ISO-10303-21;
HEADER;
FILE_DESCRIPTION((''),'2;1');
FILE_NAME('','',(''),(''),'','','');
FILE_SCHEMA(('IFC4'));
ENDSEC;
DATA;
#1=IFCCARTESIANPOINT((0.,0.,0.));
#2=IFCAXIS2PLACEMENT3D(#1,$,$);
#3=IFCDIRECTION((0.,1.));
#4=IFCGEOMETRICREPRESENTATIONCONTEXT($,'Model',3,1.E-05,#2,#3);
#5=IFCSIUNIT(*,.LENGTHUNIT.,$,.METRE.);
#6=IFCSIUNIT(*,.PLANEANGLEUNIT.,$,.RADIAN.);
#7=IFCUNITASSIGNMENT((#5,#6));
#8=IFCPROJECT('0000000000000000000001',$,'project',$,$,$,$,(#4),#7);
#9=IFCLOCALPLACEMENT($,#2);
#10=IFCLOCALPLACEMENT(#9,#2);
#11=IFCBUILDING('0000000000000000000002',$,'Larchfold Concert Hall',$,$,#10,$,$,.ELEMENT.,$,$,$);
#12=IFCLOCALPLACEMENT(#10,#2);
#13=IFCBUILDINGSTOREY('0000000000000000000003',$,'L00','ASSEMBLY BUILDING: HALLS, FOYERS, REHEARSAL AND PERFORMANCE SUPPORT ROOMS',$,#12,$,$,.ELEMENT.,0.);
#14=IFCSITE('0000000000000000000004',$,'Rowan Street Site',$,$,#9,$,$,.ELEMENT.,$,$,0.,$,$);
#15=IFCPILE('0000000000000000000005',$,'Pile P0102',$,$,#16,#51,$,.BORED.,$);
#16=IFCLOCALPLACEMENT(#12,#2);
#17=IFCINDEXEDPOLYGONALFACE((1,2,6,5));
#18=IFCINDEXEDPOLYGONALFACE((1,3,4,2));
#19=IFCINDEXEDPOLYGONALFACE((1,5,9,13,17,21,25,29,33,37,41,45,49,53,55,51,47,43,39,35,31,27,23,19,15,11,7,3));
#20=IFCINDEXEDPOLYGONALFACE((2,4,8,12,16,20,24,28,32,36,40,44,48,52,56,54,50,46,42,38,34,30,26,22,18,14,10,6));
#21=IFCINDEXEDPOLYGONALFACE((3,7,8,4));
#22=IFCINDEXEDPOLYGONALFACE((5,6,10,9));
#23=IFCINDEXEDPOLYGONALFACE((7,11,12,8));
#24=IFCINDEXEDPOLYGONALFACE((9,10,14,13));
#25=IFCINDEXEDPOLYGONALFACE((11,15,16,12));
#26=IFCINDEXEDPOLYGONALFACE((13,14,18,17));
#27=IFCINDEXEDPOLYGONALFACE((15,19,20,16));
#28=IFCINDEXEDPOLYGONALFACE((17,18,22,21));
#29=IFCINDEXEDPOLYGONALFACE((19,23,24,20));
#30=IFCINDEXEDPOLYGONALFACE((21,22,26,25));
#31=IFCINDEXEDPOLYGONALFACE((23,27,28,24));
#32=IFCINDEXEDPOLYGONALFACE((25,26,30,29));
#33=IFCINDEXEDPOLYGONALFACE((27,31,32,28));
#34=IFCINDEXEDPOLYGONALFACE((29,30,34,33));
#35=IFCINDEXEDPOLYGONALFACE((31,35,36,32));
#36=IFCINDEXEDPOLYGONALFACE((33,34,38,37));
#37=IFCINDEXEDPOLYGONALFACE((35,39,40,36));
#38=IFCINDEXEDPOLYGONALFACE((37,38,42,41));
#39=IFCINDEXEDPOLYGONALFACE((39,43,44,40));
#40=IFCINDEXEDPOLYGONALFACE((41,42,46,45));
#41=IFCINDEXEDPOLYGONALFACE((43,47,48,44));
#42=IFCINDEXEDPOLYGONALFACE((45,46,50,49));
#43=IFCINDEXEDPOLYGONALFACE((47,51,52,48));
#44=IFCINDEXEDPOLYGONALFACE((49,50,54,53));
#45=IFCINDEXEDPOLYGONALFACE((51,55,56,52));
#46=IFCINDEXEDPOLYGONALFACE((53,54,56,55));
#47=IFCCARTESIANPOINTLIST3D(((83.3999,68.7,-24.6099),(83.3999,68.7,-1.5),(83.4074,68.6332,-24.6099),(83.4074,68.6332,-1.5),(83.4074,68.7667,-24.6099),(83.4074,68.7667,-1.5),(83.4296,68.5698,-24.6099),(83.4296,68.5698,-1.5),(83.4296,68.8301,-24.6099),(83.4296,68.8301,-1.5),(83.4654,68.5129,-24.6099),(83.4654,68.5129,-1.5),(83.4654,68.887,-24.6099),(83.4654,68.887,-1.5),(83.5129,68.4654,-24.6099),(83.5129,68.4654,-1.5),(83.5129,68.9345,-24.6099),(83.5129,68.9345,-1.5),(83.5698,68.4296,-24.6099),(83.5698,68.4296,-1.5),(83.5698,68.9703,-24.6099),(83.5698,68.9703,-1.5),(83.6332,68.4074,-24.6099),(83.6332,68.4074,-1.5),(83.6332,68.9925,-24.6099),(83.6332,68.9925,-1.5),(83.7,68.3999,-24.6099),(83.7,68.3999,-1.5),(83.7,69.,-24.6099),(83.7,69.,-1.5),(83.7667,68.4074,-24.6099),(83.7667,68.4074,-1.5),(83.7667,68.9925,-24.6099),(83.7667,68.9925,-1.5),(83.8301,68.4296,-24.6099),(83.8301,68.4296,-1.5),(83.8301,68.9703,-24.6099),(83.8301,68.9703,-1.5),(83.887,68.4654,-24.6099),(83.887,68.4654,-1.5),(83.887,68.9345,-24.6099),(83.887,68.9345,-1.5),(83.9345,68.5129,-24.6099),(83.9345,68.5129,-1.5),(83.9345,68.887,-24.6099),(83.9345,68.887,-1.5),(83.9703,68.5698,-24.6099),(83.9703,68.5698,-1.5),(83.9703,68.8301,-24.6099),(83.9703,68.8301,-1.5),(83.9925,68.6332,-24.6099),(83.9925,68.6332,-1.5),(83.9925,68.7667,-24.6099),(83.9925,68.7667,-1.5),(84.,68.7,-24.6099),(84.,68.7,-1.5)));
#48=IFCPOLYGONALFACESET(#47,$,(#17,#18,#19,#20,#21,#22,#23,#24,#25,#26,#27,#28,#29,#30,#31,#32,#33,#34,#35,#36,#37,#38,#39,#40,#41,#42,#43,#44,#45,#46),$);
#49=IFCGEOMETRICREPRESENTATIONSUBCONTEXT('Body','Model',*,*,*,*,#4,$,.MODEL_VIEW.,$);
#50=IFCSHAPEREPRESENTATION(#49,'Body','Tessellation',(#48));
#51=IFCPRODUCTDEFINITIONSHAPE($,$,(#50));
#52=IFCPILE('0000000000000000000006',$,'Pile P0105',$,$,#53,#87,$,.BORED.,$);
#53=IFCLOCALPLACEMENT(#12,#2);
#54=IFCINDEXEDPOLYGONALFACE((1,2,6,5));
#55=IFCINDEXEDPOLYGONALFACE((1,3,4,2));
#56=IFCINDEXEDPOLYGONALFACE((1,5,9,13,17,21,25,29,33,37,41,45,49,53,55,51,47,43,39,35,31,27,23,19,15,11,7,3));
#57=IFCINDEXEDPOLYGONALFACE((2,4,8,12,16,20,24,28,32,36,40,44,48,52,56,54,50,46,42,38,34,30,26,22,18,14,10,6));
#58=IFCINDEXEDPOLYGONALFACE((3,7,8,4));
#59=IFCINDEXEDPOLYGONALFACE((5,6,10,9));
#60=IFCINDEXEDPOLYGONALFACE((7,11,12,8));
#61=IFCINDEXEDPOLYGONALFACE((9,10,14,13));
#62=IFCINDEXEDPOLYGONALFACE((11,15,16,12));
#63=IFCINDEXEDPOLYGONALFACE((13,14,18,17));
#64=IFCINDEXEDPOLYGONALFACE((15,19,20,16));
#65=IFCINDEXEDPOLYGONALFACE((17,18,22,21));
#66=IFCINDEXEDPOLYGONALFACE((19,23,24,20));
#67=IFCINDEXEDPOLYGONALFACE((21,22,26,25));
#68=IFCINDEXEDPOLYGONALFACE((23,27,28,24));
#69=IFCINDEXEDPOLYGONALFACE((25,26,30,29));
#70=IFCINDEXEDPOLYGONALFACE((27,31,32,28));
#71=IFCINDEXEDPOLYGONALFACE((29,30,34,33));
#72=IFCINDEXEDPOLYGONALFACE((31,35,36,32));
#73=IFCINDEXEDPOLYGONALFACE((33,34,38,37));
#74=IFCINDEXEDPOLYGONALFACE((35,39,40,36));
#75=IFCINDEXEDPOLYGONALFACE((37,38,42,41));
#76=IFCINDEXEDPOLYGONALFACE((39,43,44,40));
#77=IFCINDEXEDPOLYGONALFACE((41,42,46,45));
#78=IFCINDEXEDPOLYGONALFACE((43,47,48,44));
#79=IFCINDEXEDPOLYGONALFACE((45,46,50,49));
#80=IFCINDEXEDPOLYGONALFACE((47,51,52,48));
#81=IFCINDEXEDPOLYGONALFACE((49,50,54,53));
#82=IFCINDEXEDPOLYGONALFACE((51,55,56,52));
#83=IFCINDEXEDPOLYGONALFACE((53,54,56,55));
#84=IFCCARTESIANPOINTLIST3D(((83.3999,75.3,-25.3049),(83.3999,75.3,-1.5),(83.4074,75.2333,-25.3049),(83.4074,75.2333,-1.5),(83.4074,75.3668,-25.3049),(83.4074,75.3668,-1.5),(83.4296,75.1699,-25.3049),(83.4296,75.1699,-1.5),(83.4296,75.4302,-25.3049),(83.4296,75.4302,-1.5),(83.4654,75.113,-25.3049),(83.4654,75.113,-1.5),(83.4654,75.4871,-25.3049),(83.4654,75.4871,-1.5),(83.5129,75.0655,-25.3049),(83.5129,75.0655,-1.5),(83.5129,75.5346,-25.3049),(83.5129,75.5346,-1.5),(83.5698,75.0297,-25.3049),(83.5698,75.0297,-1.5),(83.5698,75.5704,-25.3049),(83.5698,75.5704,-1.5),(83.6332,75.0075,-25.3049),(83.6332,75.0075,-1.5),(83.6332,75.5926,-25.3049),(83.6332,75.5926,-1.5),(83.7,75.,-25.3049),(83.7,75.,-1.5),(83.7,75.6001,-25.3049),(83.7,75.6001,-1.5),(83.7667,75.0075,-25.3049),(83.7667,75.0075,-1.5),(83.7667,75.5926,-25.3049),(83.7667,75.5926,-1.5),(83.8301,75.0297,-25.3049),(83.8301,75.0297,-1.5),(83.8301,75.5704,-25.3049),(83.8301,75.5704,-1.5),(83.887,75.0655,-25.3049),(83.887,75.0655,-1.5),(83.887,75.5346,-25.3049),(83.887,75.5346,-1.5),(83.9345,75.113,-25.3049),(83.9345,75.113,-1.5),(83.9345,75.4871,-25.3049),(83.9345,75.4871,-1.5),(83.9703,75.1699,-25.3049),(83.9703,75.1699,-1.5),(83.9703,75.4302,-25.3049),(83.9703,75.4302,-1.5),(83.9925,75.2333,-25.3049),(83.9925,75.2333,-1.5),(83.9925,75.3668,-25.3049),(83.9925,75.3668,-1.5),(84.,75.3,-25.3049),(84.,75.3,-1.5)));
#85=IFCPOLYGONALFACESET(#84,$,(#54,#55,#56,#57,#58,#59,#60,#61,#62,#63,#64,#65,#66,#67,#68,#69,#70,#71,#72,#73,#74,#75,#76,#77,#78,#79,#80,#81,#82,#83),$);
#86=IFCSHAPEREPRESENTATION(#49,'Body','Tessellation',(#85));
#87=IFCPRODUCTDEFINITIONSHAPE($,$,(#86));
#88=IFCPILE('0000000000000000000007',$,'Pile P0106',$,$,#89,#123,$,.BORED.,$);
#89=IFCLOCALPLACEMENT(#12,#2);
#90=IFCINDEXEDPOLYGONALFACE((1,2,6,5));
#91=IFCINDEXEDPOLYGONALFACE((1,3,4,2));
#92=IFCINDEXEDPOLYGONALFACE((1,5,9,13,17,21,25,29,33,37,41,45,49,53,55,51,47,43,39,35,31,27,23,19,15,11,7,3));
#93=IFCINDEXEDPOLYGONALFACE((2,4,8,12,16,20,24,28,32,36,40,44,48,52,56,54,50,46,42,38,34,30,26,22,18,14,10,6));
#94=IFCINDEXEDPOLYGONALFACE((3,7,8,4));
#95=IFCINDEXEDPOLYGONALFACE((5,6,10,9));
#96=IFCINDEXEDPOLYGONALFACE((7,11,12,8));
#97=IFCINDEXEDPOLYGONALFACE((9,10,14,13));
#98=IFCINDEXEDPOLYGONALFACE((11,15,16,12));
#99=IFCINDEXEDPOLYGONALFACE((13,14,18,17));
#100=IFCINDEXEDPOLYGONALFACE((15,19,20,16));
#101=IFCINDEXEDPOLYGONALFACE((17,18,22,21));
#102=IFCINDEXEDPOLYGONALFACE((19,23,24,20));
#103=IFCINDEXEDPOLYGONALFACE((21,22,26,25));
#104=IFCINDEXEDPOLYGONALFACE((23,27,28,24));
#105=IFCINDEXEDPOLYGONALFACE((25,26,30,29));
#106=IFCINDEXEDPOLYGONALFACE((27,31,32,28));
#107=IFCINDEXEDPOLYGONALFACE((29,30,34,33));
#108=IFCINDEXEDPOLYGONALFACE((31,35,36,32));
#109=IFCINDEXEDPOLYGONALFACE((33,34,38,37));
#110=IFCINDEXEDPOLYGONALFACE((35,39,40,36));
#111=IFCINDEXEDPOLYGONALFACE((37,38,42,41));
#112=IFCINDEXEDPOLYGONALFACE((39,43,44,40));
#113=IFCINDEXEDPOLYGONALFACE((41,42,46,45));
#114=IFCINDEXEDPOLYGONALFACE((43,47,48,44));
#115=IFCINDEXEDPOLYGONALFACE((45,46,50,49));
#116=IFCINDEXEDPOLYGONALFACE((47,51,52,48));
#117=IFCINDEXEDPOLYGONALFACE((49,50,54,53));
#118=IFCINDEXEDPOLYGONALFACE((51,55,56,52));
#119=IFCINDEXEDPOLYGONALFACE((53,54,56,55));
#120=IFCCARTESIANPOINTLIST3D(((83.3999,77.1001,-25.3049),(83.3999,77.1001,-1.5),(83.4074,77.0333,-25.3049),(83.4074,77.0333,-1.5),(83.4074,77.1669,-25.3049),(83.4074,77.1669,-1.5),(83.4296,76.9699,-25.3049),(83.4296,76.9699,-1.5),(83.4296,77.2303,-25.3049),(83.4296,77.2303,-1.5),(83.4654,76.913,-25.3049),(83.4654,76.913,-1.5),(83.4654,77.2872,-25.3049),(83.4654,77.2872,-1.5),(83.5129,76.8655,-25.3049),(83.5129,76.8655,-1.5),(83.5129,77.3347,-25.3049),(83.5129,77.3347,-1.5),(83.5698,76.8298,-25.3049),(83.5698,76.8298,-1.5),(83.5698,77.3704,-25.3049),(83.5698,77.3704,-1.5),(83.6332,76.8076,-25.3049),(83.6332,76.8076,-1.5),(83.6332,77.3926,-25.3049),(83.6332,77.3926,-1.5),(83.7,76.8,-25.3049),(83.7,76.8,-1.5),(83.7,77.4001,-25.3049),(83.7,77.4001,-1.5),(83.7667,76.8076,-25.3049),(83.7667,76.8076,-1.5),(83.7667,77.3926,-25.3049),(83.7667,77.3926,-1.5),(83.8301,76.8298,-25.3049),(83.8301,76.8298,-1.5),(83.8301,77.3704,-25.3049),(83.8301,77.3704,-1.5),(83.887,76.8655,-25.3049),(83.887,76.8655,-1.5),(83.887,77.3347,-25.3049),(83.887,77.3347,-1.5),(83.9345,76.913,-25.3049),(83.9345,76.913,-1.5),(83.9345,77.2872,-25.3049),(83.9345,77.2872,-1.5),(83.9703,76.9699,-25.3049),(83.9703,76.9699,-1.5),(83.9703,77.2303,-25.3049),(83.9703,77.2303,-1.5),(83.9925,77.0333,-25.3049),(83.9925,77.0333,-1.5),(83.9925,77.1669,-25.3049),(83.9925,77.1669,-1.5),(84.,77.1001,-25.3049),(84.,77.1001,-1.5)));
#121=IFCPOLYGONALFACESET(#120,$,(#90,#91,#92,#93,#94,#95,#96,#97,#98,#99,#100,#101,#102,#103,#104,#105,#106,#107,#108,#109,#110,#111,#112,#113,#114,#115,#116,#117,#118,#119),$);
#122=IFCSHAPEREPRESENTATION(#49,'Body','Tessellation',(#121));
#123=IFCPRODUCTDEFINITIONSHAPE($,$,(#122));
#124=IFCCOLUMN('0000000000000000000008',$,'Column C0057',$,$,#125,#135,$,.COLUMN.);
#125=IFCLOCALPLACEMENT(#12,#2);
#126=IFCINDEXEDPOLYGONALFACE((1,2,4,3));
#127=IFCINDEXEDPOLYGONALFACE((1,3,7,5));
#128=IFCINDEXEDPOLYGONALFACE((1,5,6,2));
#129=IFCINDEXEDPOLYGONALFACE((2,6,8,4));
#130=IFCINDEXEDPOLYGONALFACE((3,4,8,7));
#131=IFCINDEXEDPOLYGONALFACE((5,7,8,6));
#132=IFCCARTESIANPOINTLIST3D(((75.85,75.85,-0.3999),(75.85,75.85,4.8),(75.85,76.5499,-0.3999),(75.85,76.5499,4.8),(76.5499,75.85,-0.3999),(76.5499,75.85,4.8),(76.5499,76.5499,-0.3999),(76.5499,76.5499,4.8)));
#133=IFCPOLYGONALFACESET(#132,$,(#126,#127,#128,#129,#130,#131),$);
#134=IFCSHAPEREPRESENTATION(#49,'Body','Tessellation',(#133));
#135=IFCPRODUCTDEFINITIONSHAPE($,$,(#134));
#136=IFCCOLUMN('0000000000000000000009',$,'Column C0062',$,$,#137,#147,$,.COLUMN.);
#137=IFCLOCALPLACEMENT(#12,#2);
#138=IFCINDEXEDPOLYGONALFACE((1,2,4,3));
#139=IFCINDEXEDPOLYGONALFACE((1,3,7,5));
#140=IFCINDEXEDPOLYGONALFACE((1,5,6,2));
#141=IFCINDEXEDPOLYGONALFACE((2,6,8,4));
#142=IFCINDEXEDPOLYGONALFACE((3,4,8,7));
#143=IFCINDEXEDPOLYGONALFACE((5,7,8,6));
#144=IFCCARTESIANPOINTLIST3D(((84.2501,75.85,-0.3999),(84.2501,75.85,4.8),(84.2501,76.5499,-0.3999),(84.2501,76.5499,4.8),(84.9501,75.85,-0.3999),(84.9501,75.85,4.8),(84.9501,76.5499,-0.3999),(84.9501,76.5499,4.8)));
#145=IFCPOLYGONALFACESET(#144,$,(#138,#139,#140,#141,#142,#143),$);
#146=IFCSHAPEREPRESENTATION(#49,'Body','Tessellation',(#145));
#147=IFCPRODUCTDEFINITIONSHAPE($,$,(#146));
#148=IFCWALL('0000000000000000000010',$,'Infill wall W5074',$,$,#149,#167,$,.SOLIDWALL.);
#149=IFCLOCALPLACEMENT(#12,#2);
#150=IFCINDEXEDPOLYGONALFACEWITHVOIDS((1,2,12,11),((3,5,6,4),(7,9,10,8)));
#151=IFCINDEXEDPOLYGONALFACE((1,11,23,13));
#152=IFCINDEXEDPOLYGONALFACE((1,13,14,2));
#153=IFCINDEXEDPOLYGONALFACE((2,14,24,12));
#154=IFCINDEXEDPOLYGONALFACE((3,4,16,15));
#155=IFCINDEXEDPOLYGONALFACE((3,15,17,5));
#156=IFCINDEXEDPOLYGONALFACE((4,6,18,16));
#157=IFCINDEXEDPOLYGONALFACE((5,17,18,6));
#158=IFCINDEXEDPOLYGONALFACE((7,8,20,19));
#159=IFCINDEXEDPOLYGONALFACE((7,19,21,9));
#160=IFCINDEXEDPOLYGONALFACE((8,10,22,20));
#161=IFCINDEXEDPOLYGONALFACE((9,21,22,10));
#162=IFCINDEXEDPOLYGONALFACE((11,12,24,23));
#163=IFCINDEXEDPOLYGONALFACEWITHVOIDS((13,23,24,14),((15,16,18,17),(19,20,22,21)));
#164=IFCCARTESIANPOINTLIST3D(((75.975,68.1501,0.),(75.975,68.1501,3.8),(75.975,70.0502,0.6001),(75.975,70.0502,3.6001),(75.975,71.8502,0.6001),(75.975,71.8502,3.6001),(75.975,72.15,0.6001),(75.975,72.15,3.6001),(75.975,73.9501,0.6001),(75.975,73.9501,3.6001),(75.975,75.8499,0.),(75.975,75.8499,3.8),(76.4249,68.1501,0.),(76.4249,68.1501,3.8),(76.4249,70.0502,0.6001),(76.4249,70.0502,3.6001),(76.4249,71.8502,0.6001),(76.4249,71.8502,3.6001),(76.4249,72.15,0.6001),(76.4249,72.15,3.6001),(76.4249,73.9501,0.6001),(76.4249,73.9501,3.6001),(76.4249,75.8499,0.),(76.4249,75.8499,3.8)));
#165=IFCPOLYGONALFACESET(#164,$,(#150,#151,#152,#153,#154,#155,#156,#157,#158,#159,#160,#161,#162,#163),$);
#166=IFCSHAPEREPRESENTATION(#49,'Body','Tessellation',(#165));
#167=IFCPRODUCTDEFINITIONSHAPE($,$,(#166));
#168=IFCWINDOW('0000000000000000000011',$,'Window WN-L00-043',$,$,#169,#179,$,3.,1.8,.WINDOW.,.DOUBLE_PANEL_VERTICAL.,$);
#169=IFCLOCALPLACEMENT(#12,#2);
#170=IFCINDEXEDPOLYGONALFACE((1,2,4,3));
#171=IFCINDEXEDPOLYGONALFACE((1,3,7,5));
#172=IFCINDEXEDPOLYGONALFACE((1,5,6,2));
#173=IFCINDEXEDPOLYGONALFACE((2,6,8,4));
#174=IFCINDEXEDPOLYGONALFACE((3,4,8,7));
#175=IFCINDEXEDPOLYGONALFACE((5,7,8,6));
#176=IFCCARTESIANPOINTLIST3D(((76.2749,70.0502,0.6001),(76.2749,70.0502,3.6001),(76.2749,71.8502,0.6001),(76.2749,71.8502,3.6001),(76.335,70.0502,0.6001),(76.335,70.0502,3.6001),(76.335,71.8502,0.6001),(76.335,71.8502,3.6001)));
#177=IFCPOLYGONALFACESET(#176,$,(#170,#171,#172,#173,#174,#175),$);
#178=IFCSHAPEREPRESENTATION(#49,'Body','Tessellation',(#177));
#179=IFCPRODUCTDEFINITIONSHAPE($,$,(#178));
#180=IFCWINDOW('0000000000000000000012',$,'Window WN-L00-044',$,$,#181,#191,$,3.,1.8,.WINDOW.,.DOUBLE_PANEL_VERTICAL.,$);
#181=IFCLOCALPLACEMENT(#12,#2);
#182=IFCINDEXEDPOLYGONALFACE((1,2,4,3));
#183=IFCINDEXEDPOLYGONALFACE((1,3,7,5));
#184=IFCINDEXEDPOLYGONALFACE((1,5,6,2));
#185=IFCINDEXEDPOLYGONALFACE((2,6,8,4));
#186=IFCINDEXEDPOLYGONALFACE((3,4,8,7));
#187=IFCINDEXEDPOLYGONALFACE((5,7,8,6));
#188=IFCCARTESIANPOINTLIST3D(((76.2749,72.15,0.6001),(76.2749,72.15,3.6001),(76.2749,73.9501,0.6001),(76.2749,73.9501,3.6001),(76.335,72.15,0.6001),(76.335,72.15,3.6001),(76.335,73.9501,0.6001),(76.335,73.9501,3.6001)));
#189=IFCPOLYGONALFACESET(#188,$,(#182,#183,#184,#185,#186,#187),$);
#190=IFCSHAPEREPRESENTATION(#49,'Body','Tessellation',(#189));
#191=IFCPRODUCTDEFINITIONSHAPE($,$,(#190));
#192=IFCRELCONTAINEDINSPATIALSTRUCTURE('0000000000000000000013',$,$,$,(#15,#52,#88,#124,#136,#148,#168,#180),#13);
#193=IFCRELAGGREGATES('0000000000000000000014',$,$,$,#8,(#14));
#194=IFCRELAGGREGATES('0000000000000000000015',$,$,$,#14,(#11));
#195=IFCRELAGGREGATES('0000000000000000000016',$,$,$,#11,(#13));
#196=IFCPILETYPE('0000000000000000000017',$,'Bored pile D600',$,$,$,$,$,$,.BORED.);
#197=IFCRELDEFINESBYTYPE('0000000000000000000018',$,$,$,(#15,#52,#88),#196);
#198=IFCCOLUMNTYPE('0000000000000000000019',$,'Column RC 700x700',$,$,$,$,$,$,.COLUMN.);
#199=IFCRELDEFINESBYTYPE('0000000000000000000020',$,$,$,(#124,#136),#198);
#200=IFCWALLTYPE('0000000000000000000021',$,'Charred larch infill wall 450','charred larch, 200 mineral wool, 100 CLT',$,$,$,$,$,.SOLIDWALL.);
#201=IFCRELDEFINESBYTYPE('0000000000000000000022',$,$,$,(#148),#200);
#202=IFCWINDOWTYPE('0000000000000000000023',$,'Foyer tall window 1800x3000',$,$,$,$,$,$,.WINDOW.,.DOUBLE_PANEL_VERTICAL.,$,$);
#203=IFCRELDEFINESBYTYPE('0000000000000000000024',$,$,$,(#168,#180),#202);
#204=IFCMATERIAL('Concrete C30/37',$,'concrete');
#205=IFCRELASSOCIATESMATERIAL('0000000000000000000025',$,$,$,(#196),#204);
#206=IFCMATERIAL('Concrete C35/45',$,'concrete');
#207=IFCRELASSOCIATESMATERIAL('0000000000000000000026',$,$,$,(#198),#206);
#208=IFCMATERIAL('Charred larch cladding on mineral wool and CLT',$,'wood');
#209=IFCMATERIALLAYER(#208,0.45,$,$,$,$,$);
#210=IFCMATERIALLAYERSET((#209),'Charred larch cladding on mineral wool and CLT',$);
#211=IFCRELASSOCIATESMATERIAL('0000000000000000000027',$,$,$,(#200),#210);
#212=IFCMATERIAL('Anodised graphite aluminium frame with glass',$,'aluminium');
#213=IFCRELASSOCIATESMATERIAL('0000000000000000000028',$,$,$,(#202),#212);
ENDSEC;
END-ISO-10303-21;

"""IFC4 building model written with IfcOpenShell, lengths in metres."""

from ifc_helpers import new_model, si_unit, direction, frame, frame_2d, origin, origin_2d, place, context, subcontext, project, spatial, rectangle, circle, extrude, material, layer, layer_set, material_profile, profile_set, type_object, element, fill, save


model = new_model("IFC4")

# Units and contexts
model_context = context("Model", 3, precision=1e-05, world=origin(), true_north=direction((0.0, 1.0)))
body_context = subcontext(model_context, "Body", "Model", "MODEL_VIEW")
ifc_project = project(units=[si_unit("LENGTHUNIT", "METRE"), si_unit("PLANEANGLEUNIT", "RADIAN")], contexts=[model_context])

# Site, building, storey
site_placement = place(None, origin())
site = spatial("IfcSite", under=ifc_project, at=site_placement, Name="Rowan Street Site", CompositionType="ELEMENT", RefElevation=0.0)
building_placement = place(site_placement, origin())
building = spatial("IfcBuilding", under=site, at=building_placement, Name="Larchfold Concert Hall", CompositionType="ELEMENT")
storey_placement = place(building_placement, origin())
storey = spatial("IfcBuildingStorey", under=building, at=storey_placement, Name="L00", Description="ASSEMBLY BUILDING: HALLS, FOYERS, REHEARSAL AND PERFORMANCE SUPPORT ROOMS", CompositionType="ELEMENT", Elevation=0.0)

# Piles
ifc_material_1 = material(Name="Concrete C30/37", Category="concrete")
ifc_material_profile_1 = material_profile(ifc_material_1, circle(Radius=0.3, at=origin_2d()))
ifc_profile_set_1 = profile_set([ifc_material_profile_1], Name="Concrete C30/37")
pile_type = type_object("IfcPileType", Name="Bored pile D600", PredefinedType="BORED", material=ifc_profile_set_1)
pile_1_placement = place(storey_placement, frame((83.7, 68.7, -1.5), z_axis=(0.0, 0.0, -1.0), x_axis=(1.0, 0.0, 0.0)))
element("IfcPile", 1, at=pile_1_placement, inside=storey, type_object=pile_type, Name="Pile P0102", PredefinedType="BORED", context=body_context, shape_type="SweptSolid", body=[
    extrude(circle(Radius=0.3, at=origin_2d()), origin(), (0.0, 0.0, 1.0), 23.1099),
])
for number, where, z_axis, x_axis, name in (
    (2, (83.7, 75.3, -1.5), (0.0, 0.0, -1.0), (1.0, 0.0, 0.0), "Pile P0105"),
    (3, (83.7, 77.1001, -1.5), (0.0, 0.0, -1.0), (1.0, 0.0, 0.0), "Pile P0106"),
):
    element("IfcPile", number, at=place(storey_placement, frame(where, z_axis=z_axis, x_axis=x_axis)), inside=storey, type_object=pile_type, Name=name, PredefinedType="BORED", context=body_context, shape_type="SweptSolid", body=[
        extrude(circle(Radius=0.3, at=origin_2d()), origin(), (0.0, 0.0, 1.0), 23.8049),
    ])

# Columns
ifc_material_2 = material(Name="Concrete C35/45", Category="concrete")
ifc_material_profile_2 = material_profile(ifc_material_2, rectangle(XDim=0.7, YDim=0.7, at=origin_2d()))
ifc_profile_set_2 = profile_set([ifc_material_profile_2], Name="Concrete C35/45")
column_type = type_object("IfcColumnType", Name="Column RC 700x700", PredefinedType="COLUMN", material=ifc_profile_set_2)
for number, where, z_axis, x_axis, name in (
    (4, (76.2, 76.2, -0.3999), (0.0, 0.0, 1.0), (1.0, 0.0, 0.0), "Column C0057"),
    (5, (84.6001, 76.2, -0.3999), (0.0, 0.0, 1.0), (1.0, 0.0, 0.0), "Column C0062"),
):
    element("IfcColumn", number, at=place(storey_placement, frame(where, z_axis=z_axis, x_axis=x_axis)), inside=storey, type_object=column_type, Name=name, PredefinedType="COLUMN", context=body_context, shape_type="SweptSolid", body=[
        extrude(rectangle(XDim=0.7, YDim=0.7, at=origin_2d()), origin(), (0.0, 0.0, 1.0), 5.2),
    ])

# Wall, openings, windows
ifc_material_3 = material(Name="Charred larch cladding on mineral wool and CLT", Category="wood")
ifc_layer_1 = layer(ifc_material_3, 0.45)
ifc_layer_set_1 = layer_set([ifc_layer_1], Name="Charred larch cladding on mineral wool and CLT")
wall_type = type_object("IfcWallType", Name="Charred larch infill wall 450", Description="charred larch, 200 mineral wool, 100 CLT", PredefinedType="SOLIDWALL", material=ifc_layer_set_1)
wall_1_placement = place(storey_placement, frame((76.2, 75.8499, 0.0), z_axis=(0.0, 0.0, 1.0), x_axis=(0.0, -1.0, 0.0)))
wall_1 = element("IfcWall", 6, at=wall_1_placement, inside=storey, type_object=wall_type, Name="Infill wall W5074", PredefinedType="SOLIDWALL", context=body_context, shape_type="SweptSolid", body=[
    extrude(rectangle(XDim=7.6997, YDim=0.45, at=frame_2d((3.8499, 0.0))), origin(), (0.0, 0.0, 1.0), 3.8),
])
opening_1_placement = place(wall_1_placement, frame((3.9998, 0.0, 0.6001)))
opening_1 = element("IfcOpeningElement", 7, at=opening_1_placement, cuts=wall_1, PredefinedType="OPENING", context=body_context, shape_type="SweptSolid", body=[
    extrude(rectangle(XDim=1.8, YDim=3.0, at=frame_2d((0.8999, 1.5))), frame((0.0, 0.2349, 0.0), z_axis=(0.0, -1.0, 0.0), x_axis=(1.0, 0.0, 0.0)), (0.0, 0.0, 1.0), 0.47),
])
opening_2_placement = place(wall_1_placement, frame((1.8999, 0.0, 0.6001)))
opening_2 = element("IfcOpeningElement", 8, at=opening_2_placement, cuts=wall_1, PredefinedType="OPENING", context=body_context, shape_type="SweptSolid", body=[
    extrude(rectangle(XDim=1.8, YDim=3.0, at=frame_2d((0.8999, 1.5))), frame((0.0, 0.2349, 0.0), z_axis=(0.0, -1.0, 0.0), x_axis=(1.0, 0.0, 0.0)), (0.0, 0.0, 1.0), 0.47),
])
ifc_material_4 = material(Name="Anodised graphite aluminium frame with glass", Category="aluminium")
window_type = type_object("IfcWindowType", Name="Foyer tall window 1800x3000", PartitioningType="DOUBLE_PANEL_VERTICAL", PredefinedType="WINDOW", material=ifc_material_4)
window_1_placement = place(opening_1_placement, origin())
window_1 = element("IfcWindow", 9, at=window_1_placement, inside=storey, type_object=window_type, Name="Window WN-L00-043", OverallHeight=3.0, OverallWidth=1.8, PartitioningType="DOUBLE_PANEL_VERTICAL", PredefinedType="WINDOW", context=body_context, shape_type="SweptSolid", body=[
    extrude(rectangle(XDim=1.8, YDim=3.0, at=frame_2d((0.8999, 1.5))), frame((0.0, 0.135, 0.0), z_axis=(0.0, -1.0, 0.0), x_axis=(1.0, 0.0, 0.0)), (0.0, 0.0, 1.0), 0.0601),
])
fill(opening_1, window_1)
window_2_placement = place(opening_2_placement, origin())
window_2 = element("IfcWindow", 10, at=window_2_placement, inside=storey, type_object=window_type, Name="Window WN-L00-044", OverallHeight=3.0, OverallWidth=1.8, PartitioningType="DOUBLE_PANEL_VERTICAL", PredefinedType="WINDOW", context=body_context, shape_type="SweptSolid", body=[
    extrude(rectangle(XDim=1.8, YDim=3.0, at=frame_2d((0.8999, 1.5))), frame((0.0, 0.135, 0.0), z_axis=(0.0, -1.0, 0.0), x_axis=(1.0, 0.0, 0.0)), (0.0, 0.0, 1.0), 0.0601),
])
fill(opening_2, window_2)

save(model, "model.ifc")
